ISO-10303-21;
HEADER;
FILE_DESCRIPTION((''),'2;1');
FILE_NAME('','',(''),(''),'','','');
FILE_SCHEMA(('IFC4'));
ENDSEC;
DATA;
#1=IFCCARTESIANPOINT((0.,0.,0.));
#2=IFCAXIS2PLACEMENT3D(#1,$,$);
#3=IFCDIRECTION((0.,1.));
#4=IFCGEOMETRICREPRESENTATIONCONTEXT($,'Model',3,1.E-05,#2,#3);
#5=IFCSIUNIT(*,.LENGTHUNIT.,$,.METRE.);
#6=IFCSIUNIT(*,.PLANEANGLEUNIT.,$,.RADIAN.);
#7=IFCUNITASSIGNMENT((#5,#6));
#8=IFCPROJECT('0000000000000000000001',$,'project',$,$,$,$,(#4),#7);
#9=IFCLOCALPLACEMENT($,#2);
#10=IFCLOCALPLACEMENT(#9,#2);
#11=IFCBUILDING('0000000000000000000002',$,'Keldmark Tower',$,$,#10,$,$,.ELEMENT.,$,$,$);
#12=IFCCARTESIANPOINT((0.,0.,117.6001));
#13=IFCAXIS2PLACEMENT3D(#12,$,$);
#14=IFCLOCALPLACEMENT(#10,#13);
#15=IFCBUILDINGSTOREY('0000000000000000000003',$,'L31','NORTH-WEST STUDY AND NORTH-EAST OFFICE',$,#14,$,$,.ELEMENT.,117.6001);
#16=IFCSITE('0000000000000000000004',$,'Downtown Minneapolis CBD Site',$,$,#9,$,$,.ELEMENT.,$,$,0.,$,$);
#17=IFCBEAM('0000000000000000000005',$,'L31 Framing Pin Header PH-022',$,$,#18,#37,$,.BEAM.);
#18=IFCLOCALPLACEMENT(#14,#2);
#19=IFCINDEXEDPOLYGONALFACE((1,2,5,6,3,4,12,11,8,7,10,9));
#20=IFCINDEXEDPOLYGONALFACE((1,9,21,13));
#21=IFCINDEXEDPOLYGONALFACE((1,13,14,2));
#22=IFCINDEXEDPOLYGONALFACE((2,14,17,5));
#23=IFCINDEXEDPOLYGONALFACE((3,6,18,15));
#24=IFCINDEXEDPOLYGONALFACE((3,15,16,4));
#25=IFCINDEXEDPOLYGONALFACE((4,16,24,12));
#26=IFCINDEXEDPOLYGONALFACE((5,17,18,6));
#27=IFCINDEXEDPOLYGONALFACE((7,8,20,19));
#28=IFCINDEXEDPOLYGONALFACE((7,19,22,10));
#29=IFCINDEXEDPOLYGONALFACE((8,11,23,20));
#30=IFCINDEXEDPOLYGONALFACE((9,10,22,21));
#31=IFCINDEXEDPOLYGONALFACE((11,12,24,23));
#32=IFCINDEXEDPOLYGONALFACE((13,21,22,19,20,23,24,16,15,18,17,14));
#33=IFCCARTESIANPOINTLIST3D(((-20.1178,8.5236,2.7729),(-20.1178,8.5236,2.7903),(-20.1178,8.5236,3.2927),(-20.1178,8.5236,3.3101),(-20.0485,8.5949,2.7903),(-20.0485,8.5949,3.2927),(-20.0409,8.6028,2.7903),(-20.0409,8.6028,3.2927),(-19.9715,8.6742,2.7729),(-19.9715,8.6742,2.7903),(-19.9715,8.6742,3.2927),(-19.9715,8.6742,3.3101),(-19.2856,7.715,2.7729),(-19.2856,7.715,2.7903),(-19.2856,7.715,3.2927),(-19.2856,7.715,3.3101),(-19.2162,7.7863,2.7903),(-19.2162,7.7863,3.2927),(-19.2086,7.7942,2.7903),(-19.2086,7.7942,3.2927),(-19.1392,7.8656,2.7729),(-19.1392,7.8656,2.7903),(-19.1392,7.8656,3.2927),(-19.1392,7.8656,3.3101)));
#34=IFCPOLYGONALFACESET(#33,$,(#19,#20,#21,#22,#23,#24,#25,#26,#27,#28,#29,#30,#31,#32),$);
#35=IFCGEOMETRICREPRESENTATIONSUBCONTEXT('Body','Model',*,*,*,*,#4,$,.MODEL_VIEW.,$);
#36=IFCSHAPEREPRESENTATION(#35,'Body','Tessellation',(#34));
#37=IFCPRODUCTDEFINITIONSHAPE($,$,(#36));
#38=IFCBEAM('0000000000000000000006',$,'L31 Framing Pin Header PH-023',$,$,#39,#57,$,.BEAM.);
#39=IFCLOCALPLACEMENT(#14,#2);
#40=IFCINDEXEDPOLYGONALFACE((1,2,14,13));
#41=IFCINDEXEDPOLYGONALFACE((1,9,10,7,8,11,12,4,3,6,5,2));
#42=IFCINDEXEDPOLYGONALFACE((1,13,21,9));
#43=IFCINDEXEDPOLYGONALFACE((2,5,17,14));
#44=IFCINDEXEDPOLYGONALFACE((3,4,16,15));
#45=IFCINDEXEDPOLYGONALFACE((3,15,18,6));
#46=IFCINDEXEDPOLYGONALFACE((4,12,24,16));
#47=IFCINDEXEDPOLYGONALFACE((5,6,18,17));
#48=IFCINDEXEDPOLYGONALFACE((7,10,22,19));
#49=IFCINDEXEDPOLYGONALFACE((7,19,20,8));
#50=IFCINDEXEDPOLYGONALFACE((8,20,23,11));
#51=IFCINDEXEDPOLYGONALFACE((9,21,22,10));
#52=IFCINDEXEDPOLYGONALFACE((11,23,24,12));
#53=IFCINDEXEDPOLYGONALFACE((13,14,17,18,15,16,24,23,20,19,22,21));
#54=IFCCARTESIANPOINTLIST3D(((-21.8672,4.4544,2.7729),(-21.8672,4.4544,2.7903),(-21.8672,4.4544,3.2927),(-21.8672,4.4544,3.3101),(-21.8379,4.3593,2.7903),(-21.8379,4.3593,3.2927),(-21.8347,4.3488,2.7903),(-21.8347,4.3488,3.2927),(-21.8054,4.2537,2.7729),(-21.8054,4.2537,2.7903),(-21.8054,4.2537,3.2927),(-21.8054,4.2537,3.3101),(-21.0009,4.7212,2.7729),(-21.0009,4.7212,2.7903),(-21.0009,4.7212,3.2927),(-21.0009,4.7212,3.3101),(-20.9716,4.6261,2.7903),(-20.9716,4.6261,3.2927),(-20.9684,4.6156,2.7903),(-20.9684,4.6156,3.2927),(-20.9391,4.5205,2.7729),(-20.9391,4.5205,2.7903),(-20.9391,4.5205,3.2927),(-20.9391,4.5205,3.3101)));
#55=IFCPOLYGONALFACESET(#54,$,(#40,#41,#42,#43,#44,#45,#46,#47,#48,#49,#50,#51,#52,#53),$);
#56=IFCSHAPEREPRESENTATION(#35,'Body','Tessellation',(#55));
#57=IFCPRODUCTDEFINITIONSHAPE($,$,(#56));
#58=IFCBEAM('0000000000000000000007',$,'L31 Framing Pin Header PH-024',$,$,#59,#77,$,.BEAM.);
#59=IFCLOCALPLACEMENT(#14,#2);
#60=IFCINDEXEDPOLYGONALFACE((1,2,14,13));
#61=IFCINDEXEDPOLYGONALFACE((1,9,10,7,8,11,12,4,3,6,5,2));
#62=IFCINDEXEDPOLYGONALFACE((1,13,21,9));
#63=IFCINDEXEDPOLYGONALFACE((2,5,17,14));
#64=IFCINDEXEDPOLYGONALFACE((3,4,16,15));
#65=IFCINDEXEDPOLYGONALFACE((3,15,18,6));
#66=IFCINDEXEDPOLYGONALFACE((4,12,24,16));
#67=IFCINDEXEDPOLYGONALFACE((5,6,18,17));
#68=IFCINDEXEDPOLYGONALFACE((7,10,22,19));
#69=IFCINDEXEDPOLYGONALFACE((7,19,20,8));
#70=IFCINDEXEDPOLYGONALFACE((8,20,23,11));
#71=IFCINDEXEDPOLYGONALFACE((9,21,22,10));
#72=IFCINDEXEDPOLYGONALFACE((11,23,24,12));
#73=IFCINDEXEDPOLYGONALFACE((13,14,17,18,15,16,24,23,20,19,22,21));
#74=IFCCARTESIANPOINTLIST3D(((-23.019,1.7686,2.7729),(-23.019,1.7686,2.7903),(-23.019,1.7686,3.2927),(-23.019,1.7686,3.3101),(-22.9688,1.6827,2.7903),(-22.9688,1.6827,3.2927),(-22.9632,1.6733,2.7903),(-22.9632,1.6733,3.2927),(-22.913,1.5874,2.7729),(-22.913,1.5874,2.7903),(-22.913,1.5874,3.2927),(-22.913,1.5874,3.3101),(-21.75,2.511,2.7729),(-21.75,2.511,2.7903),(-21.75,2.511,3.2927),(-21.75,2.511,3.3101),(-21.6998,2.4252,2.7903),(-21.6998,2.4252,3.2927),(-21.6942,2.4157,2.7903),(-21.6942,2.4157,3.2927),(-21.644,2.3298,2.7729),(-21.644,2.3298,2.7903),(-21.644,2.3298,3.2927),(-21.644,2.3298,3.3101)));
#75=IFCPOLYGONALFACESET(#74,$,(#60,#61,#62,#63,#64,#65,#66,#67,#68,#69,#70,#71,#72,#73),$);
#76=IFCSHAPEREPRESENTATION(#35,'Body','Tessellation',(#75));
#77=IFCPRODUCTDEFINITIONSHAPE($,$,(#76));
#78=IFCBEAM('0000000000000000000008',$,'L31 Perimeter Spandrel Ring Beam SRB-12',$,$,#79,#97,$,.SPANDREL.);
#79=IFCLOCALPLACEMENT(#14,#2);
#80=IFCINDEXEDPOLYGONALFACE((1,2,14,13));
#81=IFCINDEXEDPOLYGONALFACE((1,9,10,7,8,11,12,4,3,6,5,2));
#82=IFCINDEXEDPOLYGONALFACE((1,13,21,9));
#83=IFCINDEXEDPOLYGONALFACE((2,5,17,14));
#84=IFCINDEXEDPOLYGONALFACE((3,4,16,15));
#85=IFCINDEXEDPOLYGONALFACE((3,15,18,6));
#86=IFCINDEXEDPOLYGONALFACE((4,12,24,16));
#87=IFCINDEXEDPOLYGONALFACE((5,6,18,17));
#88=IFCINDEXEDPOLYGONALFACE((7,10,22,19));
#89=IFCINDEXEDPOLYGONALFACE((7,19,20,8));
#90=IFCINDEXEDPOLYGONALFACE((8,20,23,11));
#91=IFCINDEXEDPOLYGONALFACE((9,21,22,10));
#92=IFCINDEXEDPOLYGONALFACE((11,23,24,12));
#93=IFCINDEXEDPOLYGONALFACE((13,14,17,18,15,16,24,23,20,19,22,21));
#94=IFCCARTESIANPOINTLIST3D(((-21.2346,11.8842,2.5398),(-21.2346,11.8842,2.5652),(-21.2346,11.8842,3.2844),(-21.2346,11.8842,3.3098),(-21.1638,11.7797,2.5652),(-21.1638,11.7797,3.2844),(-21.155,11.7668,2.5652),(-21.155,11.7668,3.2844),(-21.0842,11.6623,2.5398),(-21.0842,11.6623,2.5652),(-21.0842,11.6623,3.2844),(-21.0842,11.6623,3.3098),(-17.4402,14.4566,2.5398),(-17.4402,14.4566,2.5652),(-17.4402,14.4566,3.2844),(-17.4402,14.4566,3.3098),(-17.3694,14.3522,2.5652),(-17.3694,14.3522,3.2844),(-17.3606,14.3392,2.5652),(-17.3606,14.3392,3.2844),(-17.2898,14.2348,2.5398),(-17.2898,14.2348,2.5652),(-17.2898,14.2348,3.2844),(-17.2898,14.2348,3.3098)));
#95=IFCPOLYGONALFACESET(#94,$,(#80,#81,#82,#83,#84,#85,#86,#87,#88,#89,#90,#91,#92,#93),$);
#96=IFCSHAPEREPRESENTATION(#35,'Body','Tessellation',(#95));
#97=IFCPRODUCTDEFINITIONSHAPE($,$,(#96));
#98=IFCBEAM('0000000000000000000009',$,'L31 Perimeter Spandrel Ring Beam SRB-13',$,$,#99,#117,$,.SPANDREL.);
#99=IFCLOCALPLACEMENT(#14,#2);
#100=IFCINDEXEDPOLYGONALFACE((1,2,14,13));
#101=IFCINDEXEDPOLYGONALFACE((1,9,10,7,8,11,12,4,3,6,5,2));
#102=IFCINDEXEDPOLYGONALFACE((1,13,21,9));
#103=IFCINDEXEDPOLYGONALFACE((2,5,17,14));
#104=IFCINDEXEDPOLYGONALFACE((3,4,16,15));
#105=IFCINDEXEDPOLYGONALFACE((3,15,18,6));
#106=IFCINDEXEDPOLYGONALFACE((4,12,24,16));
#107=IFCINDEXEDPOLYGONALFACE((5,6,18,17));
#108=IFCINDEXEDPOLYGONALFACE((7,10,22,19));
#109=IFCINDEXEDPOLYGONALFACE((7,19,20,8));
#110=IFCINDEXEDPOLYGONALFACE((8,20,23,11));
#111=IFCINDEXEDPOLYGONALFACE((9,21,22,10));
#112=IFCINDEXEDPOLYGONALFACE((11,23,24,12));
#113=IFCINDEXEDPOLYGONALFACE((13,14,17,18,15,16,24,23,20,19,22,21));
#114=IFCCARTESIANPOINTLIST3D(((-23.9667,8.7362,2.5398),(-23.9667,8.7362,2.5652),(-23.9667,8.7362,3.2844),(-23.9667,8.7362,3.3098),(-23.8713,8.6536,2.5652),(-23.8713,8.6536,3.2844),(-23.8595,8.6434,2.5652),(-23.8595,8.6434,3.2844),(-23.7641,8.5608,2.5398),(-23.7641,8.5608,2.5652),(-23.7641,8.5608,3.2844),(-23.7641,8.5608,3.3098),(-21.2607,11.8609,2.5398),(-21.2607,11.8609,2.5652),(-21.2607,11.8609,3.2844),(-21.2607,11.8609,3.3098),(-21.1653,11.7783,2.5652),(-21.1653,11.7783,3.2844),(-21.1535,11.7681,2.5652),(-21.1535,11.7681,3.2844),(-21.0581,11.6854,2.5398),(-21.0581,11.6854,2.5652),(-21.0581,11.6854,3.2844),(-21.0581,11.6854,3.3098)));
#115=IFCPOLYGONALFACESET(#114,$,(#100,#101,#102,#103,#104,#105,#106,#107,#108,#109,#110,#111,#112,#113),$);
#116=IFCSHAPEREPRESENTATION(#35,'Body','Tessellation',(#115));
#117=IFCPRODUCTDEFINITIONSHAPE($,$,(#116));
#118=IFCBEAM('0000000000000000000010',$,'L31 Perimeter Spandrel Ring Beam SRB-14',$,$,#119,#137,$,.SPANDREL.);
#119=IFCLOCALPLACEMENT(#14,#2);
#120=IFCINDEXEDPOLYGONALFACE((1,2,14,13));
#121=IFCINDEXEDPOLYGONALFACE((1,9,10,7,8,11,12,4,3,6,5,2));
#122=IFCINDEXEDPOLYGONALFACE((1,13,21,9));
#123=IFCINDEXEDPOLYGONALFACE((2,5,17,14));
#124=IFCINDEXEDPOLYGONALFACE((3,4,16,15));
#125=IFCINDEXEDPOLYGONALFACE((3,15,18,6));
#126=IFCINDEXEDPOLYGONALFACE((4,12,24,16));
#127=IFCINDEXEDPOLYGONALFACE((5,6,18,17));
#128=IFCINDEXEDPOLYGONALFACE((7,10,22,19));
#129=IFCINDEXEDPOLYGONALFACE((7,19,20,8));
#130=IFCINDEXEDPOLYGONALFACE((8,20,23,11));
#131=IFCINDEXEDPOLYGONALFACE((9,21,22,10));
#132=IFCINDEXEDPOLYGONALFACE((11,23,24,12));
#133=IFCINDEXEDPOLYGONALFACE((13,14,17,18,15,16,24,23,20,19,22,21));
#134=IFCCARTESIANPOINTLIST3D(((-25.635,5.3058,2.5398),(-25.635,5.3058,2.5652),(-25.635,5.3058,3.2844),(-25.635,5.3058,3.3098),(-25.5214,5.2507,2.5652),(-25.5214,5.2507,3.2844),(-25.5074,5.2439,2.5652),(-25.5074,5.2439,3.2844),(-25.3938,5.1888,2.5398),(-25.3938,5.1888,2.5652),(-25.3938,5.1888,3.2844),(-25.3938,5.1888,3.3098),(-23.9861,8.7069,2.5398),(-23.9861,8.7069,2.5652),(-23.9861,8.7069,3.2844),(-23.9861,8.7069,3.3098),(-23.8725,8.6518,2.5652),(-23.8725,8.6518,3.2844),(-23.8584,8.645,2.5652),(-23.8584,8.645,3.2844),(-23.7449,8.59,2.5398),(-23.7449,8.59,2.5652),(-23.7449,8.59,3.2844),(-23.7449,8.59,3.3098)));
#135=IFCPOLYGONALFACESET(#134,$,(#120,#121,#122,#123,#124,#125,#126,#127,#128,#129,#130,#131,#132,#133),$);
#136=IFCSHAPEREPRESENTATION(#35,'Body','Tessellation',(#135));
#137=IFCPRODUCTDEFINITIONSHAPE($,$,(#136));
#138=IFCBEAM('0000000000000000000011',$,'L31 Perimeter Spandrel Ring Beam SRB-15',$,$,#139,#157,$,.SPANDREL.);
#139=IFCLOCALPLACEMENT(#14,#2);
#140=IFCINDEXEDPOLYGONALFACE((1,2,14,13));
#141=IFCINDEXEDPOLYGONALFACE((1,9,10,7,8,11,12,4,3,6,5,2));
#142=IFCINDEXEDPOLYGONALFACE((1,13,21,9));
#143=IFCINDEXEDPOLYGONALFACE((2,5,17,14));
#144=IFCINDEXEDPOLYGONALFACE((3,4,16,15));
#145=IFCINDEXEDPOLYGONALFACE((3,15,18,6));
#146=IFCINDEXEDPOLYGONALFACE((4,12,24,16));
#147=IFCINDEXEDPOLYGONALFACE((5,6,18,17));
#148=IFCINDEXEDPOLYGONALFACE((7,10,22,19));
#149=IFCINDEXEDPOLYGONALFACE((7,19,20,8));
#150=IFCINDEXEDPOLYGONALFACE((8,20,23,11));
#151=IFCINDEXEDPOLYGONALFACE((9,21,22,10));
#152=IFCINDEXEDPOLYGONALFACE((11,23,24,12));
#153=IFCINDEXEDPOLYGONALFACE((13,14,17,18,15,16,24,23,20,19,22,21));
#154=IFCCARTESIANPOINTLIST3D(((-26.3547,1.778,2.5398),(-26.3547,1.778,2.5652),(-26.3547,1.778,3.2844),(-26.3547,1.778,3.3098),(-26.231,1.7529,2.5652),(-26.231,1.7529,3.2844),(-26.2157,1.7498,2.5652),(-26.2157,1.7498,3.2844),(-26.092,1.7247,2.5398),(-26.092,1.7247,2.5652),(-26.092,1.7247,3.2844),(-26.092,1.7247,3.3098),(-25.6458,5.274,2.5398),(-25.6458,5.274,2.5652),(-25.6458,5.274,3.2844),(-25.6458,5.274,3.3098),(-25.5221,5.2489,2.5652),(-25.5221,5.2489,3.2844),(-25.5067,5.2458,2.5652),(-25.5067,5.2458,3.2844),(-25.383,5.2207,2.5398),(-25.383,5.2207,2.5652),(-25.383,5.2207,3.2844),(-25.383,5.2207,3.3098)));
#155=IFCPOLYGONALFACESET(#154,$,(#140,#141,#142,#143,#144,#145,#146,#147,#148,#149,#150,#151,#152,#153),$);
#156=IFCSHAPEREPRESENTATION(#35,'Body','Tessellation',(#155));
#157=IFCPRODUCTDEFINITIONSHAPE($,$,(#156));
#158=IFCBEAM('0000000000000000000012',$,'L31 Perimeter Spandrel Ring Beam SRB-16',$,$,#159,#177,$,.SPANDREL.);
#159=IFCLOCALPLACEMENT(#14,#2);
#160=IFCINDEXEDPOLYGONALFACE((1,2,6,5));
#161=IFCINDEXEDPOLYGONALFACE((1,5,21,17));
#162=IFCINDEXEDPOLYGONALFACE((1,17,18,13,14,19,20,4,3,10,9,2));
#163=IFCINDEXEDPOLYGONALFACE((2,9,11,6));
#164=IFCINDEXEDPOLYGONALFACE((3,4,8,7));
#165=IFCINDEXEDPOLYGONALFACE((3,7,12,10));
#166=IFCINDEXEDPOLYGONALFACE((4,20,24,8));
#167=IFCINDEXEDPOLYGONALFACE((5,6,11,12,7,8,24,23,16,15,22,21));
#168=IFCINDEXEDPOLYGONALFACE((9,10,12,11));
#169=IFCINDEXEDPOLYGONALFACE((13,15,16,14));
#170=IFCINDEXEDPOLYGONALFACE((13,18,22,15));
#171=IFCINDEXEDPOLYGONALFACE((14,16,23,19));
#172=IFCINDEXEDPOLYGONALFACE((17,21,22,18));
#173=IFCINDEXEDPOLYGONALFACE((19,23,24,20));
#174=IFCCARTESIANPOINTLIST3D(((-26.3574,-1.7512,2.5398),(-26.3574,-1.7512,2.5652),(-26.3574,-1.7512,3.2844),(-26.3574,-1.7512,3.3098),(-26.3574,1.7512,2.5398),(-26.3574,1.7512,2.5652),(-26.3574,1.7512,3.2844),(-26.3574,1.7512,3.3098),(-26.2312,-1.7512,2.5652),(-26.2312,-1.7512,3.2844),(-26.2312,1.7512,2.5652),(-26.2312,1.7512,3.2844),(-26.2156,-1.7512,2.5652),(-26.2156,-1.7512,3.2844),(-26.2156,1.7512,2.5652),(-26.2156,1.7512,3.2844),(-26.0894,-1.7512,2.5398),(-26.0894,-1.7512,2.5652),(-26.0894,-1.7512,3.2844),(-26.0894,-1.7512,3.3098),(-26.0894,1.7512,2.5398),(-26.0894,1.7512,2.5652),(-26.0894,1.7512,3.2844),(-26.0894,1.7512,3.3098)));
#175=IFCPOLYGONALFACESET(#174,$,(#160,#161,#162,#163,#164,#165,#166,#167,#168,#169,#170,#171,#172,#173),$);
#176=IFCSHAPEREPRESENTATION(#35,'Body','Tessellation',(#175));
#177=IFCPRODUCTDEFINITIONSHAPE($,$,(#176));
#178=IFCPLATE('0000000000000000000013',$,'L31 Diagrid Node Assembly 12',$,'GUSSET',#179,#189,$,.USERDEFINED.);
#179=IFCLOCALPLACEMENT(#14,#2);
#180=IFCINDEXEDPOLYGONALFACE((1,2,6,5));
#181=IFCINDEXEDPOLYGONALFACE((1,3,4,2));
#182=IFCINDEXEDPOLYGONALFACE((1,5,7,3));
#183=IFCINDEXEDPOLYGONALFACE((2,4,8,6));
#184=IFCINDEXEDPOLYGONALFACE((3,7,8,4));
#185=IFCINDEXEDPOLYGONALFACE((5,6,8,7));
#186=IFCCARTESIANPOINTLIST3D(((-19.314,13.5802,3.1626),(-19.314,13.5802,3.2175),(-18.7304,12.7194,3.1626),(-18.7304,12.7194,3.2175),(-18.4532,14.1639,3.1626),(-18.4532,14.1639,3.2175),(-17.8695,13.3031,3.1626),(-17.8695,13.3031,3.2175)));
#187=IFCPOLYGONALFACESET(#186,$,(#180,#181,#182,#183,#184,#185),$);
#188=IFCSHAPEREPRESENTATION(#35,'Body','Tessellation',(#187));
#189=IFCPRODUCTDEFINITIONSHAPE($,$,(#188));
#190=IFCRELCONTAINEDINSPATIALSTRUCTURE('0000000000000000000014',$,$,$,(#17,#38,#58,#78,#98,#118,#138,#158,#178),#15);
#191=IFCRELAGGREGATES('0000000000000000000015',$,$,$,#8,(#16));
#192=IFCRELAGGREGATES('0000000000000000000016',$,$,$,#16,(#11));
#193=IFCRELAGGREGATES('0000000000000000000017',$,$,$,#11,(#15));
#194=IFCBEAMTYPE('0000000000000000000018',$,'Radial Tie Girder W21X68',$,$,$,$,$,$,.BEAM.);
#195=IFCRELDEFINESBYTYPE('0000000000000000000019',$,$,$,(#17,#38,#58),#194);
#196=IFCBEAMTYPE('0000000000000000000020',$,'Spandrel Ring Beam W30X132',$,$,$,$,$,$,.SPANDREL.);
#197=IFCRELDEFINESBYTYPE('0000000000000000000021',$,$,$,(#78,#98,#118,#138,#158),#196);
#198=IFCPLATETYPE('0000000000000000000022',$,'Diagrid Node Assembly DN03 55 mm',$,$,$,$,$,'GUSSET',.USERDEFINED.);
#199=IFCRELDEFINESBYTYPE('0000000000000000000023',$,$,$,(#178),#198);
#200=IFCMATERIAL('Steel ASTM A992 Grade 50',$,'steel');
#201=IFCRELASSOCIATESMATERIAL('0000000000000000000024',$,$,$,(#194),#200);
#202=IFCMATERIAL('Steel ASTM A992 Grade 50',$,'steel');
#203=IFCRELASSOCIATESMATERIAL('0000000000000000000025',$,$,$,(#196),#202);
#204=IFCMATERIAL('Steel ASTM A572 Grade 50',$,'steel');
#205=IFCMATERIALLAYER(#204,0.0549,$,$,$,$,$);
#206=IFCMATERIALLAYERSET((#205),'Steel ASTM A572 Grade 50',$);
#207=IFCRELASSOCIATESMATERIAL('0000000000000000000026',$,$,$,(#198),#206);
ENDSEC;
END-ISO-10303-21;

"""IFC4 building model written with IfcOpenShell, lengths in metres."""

from ifc_helpers import new_model, si_unit, direction, frame, origin, origin_2d, place, context, subcontext, project, spatial, rectangle, i_section, extrude, material, layer, layer_set, material_profile, profile_set, type_object, element, save


model = new_model("IFC4")

# Units and contexts
model_context = context("Model", 3, precision=1e-05, world=origin(), true_north=direction((0.0, 1.0)))
body_context = subcontext(model_context, "Body", "Model", "MODEL_VIEW")
ifc_project = project(units=[si_unit("LENGTHUNIT", "METRE"), si_unit("PLANEANGLEUNIT", "RADIAN")], contexts=[model_context])

# Site, building, storey
site_placement = place(None, origin())
site = spatial("IfcSite", under=ifc_project, at=site_placement, Name="Downtown Minneapolis CBD Site", CompositionType="ELEMENT", RefElevation=0.0)
building_placement = place(site_placement, origin())
building = spatial("IfcBuilding", under=site, at=building_placement, Name="Keldmark Tower", CompositionType="ELEMENT")
storey_placement = place(building_placement, frame((0.0, 0.0, 117.6001)))
storey = spatial("IfcBuildingStorey", under=building, at=storey_placement, Name="L31", Description="NORTH-WEST STUDY AND NORTH-EAST OFFICE", CompositionType="ELEMENT", Elevation=117.6001)

# Beams
ifc_material_1 = material(Name="Steel ASTM A992 Grade 50", Category="steel")
ifc_material_profile_1 = material_profile(ifc_material_1, i_section(OverallWidth=0.21, OverallDepth=0.5371, WebThickness=0.011, FlangeThickness=0.0173, at=origin_2d()), Name="W21X68")
ifc_profile_set_1 = profile_set([ifc_material_profile_1], Name="Steel ASTM A992 Grade 50")
beam_type_1 = type_object("IfcBeamType", Name="Radial Tie Girder W21X68", PredefinedType="BEAM", material=ifc_profile_set_1)
beam_1_placement = place(storey_placement, frame((-19.2124, 7.7903, 3.0415), z_axis=(-0.717237, 0.696829, 0.0), x_axis=(-0.696829, -0.717237, 0.0)))
element("IfcBeam", 1, at=beam_1_placement, inside=storey, type_object=beam_type_1, Name="L31 Framing Pin Header PH-022", PredefinedType="BEAM", context=body_context, shape_type="SweptSolid", body=[
    extrude(i_section(OverallWidth=0.21, OverallDepth=0.5371, WebThickness=0.011, FlangeThickness=0.0173, at=origin_2d()), origin(), (0.0, 0.0, 1.0), 1.1604),
])
beam_2_placement = place(storey_placement, frame((-20.97, 4.6208, 3.0415), z_axis=(-0.955703, -0.294332, 0.0), x_axis=(0.294332, -0.955703, 0.0)))
element("IfcBeam", 2, at=beam_2_placement, inside=storey, type_object=beam_type_1, Name="L31 Framing Pin Header PH-023", PredefinedType="BEAM", context=body_context, shape_type="SweptSolid", body=[
    extrude(i_section(OverallWidth=0.21, OverallDepth=0.5371, WebThickness=0.011, FlangeThickness=0.0173, at=origin_2d()), origin(), (0.0, 0.0, 1.0), 0.9065),
])
beam_3_placement = place(storey_placement, frame((-21.697, 2.4204, 3.0415), z_axis=(-0.86314, -0.504965, 0.0), x_axis=(0.504965, -0.86314, 0.0)))
element("IfcBeam", 3, at=beam_3_placement, inside=storey, type_object=beam_type_1, Name="L31 Framing Pin Header PH-024", PredefinedType="BEAM", context=body_context, shape_type="SweptSolid", body=[
    extrude(i_section(OverallWidth=0.21, OverallDepth=0.5371, WebThickness=0.011, FlangeThickness=0.0173, at=origin_2d()), origin(), (0.0, 0.0, 1.0), 1.4702),
])
ifc_material_2 = material(Name="Steel ASTM A992 Grade 50", Category="steel")
ifc_material_profile_2 = material_profile(ifc_material_2, i_section(OverallWidth=0.2681, OverallDepth=0.77, WebThickness=0.0156, FlangeThickness=0.0254, at=origin_2d()), Name="W30X132")
ifc_profile_set_2 = profile_set([ifc_material_profile_2], Name="Steel ASTM A992 Grade 50")
beam_type_2 = type_object("IfcBeamType", Name="Spandrel Ring Beam W30X132", PredefinedType="SPANDREL", material=ifc_profile_set_2)
beam_4_placement = place(storey_placement, frame((-17.365, 14.3457, 2.9248), z_axis=(-0.827707, -0.56116, 0.0), x_axis=(0.56116, -0.827707, 0.0)))
element("IfcBeam", 4, at=beam_4_placement, inside=storey, type_object=beam_type_2, Name="L31 Perimeter Spandrel Ring Beam SRB-12", PredefinedType="SPANDREL", context=body_context, shape_type="SweptSolid", body=[
    extrude(i_section(OverallWidth=0.2681, OverallDepth=0.77, WebThickness=0.0156, FlangeThickness=0.0254, at=origin_2d()), origin(), (0.0, 0.0, 1.0), 4.5842),
])
beam_5_placement = place(storey_placement, frame((-21.1594, 11.7732, 2.9248), z_axis=(-0.654645, -0.755937, 0.0), x_axis=(0.755937, -0.654645, 0.0)))
element("IfcBeam", 5, at=beam_5_placement, inside=storey, type_object=beam_type_2, Name="L31 Perimeter Spandrel Ring Beam SRB-13", PredefinedType="SPANDREL", context=body_context, shape_type="SweptSolid", body=[
    extrude(i_section(OverallWidth=0.2681, OverallDepth=0.77, WebThickness=0.0156, FlangeThickness=0.0254, at=origin_2d()), origin(), (0.0, 0.0, 1.0), 4.1335),
])
beam_6_placement = place(storey_placement, frame((-23.8655, 8.6484, 2.9248), z_axis=(-0.436251, -0.899825, 0.0), x_axis=(0.899825, -0.436251, 0.0)))
element("IfcBeam", 6, at=beam_6_placement, inside=storey, type_object=beam_type_2, Name="L31 Perimeter Spandrel Ring Beam SRB-14", PredefinedType="SPANDREL", context=body_context, shape_type="SweptSolid", body=[
    extrude(i_section(OverallWidth=0.2681, OverallDepth=0.77, WebThickness=0.0156, FlangeThickness=0.0254, at=origin_2d()), origin(), (0.0, 0.0, 1.0), 3.7798),
])
beam_7_placement = place(storey_placement, frame((-25.5144, 5.2473, 2.9248), z_axis=(-0.198748, -0.980051, 0.0), x_axis=(0.980051, -0.198748, 0.0)))
element("IfcBeam", 7, at=beam_7_placement, inside=storey, type_object=beam_type_2, Name="L31 Perimeter Spandrel Ring Beam SRB-15", PredefinedType="SPANDREL", context=body_context, shape_type="SweptSolid", body=[
    extrude(i_section(OverallWidth=0.2681, OverallDepth=0.77, WebThickness=0.0156, FlangeThickness=0.0254, at=origin_2d()), origin(), (0.0, 0.0, 1.0), 3.5671),
])
beam_8_placement = place(storey_placement, frame((-26.2234, 1.7512, 2.9248), z_axis=(0.0, -1.0, 0.0), x_axis=(1.0, 0.0, 0.0)))
element("IfcBeam", 8, at=beam_8_placement, inside=storey, type_object=beam_type_2, Name="L31 Perimeter Spandrel Ring Beam SRB-16", PredefinedType="SPANDREL", context=body_context, shape_type="SweptSolid", body=[
    extrude(i_section(OverallWidth=0.2681, OverallDepth=0.77, WebThickness=0.0156, FlangeThickness=0.0254, at=origin_2d()), origin(), (0.0, 0.0, 1.0), 3.5024),
])

# Plate
ifc_material_3 = material(Name="Steel ASTM A572 Grade 50", Category="steel")
ifc_layer_1 = layer(ifc_material_3, 0.0549)
ifc_layer_set_1 = layer_set([ifc_layer_1], Name="Steel ASTM A572 Grade 50")
plate_type = type_object("IfcPlateType", Name="Diagrid Node Assembly DN03 55 mm", ElementType="GUSSET", PredefinedType="USERDEFINED", material=ifc_layer_set_1)
for number, where, z_axis, x_axis, name in (
    (9, (-18.5918, 13.4417, 3.1626), (0.0, 0.0, 1.0), (-0.827669, -0.561217, 0.0), "L31 Diagrid Node Assembly 12"),
):
    element("IfcPlate", number, at=place(storey_placement, frame(where, z_axis=z_axis, x_axis=x_axis)), inside=storey, type_object=plate_type, Name=name, ObjectType="GUSSET", PredefinedType="USERDEFINED", context=body_context, shape_type="SweptSolid", body=[
        extrude(rectangle(XDim=1.04, YDim=1.04, at=origin_2d()), origin(), (0.0, 0.0, 1.0), 0.0549),
    ])

save(model, "model.ifc")
